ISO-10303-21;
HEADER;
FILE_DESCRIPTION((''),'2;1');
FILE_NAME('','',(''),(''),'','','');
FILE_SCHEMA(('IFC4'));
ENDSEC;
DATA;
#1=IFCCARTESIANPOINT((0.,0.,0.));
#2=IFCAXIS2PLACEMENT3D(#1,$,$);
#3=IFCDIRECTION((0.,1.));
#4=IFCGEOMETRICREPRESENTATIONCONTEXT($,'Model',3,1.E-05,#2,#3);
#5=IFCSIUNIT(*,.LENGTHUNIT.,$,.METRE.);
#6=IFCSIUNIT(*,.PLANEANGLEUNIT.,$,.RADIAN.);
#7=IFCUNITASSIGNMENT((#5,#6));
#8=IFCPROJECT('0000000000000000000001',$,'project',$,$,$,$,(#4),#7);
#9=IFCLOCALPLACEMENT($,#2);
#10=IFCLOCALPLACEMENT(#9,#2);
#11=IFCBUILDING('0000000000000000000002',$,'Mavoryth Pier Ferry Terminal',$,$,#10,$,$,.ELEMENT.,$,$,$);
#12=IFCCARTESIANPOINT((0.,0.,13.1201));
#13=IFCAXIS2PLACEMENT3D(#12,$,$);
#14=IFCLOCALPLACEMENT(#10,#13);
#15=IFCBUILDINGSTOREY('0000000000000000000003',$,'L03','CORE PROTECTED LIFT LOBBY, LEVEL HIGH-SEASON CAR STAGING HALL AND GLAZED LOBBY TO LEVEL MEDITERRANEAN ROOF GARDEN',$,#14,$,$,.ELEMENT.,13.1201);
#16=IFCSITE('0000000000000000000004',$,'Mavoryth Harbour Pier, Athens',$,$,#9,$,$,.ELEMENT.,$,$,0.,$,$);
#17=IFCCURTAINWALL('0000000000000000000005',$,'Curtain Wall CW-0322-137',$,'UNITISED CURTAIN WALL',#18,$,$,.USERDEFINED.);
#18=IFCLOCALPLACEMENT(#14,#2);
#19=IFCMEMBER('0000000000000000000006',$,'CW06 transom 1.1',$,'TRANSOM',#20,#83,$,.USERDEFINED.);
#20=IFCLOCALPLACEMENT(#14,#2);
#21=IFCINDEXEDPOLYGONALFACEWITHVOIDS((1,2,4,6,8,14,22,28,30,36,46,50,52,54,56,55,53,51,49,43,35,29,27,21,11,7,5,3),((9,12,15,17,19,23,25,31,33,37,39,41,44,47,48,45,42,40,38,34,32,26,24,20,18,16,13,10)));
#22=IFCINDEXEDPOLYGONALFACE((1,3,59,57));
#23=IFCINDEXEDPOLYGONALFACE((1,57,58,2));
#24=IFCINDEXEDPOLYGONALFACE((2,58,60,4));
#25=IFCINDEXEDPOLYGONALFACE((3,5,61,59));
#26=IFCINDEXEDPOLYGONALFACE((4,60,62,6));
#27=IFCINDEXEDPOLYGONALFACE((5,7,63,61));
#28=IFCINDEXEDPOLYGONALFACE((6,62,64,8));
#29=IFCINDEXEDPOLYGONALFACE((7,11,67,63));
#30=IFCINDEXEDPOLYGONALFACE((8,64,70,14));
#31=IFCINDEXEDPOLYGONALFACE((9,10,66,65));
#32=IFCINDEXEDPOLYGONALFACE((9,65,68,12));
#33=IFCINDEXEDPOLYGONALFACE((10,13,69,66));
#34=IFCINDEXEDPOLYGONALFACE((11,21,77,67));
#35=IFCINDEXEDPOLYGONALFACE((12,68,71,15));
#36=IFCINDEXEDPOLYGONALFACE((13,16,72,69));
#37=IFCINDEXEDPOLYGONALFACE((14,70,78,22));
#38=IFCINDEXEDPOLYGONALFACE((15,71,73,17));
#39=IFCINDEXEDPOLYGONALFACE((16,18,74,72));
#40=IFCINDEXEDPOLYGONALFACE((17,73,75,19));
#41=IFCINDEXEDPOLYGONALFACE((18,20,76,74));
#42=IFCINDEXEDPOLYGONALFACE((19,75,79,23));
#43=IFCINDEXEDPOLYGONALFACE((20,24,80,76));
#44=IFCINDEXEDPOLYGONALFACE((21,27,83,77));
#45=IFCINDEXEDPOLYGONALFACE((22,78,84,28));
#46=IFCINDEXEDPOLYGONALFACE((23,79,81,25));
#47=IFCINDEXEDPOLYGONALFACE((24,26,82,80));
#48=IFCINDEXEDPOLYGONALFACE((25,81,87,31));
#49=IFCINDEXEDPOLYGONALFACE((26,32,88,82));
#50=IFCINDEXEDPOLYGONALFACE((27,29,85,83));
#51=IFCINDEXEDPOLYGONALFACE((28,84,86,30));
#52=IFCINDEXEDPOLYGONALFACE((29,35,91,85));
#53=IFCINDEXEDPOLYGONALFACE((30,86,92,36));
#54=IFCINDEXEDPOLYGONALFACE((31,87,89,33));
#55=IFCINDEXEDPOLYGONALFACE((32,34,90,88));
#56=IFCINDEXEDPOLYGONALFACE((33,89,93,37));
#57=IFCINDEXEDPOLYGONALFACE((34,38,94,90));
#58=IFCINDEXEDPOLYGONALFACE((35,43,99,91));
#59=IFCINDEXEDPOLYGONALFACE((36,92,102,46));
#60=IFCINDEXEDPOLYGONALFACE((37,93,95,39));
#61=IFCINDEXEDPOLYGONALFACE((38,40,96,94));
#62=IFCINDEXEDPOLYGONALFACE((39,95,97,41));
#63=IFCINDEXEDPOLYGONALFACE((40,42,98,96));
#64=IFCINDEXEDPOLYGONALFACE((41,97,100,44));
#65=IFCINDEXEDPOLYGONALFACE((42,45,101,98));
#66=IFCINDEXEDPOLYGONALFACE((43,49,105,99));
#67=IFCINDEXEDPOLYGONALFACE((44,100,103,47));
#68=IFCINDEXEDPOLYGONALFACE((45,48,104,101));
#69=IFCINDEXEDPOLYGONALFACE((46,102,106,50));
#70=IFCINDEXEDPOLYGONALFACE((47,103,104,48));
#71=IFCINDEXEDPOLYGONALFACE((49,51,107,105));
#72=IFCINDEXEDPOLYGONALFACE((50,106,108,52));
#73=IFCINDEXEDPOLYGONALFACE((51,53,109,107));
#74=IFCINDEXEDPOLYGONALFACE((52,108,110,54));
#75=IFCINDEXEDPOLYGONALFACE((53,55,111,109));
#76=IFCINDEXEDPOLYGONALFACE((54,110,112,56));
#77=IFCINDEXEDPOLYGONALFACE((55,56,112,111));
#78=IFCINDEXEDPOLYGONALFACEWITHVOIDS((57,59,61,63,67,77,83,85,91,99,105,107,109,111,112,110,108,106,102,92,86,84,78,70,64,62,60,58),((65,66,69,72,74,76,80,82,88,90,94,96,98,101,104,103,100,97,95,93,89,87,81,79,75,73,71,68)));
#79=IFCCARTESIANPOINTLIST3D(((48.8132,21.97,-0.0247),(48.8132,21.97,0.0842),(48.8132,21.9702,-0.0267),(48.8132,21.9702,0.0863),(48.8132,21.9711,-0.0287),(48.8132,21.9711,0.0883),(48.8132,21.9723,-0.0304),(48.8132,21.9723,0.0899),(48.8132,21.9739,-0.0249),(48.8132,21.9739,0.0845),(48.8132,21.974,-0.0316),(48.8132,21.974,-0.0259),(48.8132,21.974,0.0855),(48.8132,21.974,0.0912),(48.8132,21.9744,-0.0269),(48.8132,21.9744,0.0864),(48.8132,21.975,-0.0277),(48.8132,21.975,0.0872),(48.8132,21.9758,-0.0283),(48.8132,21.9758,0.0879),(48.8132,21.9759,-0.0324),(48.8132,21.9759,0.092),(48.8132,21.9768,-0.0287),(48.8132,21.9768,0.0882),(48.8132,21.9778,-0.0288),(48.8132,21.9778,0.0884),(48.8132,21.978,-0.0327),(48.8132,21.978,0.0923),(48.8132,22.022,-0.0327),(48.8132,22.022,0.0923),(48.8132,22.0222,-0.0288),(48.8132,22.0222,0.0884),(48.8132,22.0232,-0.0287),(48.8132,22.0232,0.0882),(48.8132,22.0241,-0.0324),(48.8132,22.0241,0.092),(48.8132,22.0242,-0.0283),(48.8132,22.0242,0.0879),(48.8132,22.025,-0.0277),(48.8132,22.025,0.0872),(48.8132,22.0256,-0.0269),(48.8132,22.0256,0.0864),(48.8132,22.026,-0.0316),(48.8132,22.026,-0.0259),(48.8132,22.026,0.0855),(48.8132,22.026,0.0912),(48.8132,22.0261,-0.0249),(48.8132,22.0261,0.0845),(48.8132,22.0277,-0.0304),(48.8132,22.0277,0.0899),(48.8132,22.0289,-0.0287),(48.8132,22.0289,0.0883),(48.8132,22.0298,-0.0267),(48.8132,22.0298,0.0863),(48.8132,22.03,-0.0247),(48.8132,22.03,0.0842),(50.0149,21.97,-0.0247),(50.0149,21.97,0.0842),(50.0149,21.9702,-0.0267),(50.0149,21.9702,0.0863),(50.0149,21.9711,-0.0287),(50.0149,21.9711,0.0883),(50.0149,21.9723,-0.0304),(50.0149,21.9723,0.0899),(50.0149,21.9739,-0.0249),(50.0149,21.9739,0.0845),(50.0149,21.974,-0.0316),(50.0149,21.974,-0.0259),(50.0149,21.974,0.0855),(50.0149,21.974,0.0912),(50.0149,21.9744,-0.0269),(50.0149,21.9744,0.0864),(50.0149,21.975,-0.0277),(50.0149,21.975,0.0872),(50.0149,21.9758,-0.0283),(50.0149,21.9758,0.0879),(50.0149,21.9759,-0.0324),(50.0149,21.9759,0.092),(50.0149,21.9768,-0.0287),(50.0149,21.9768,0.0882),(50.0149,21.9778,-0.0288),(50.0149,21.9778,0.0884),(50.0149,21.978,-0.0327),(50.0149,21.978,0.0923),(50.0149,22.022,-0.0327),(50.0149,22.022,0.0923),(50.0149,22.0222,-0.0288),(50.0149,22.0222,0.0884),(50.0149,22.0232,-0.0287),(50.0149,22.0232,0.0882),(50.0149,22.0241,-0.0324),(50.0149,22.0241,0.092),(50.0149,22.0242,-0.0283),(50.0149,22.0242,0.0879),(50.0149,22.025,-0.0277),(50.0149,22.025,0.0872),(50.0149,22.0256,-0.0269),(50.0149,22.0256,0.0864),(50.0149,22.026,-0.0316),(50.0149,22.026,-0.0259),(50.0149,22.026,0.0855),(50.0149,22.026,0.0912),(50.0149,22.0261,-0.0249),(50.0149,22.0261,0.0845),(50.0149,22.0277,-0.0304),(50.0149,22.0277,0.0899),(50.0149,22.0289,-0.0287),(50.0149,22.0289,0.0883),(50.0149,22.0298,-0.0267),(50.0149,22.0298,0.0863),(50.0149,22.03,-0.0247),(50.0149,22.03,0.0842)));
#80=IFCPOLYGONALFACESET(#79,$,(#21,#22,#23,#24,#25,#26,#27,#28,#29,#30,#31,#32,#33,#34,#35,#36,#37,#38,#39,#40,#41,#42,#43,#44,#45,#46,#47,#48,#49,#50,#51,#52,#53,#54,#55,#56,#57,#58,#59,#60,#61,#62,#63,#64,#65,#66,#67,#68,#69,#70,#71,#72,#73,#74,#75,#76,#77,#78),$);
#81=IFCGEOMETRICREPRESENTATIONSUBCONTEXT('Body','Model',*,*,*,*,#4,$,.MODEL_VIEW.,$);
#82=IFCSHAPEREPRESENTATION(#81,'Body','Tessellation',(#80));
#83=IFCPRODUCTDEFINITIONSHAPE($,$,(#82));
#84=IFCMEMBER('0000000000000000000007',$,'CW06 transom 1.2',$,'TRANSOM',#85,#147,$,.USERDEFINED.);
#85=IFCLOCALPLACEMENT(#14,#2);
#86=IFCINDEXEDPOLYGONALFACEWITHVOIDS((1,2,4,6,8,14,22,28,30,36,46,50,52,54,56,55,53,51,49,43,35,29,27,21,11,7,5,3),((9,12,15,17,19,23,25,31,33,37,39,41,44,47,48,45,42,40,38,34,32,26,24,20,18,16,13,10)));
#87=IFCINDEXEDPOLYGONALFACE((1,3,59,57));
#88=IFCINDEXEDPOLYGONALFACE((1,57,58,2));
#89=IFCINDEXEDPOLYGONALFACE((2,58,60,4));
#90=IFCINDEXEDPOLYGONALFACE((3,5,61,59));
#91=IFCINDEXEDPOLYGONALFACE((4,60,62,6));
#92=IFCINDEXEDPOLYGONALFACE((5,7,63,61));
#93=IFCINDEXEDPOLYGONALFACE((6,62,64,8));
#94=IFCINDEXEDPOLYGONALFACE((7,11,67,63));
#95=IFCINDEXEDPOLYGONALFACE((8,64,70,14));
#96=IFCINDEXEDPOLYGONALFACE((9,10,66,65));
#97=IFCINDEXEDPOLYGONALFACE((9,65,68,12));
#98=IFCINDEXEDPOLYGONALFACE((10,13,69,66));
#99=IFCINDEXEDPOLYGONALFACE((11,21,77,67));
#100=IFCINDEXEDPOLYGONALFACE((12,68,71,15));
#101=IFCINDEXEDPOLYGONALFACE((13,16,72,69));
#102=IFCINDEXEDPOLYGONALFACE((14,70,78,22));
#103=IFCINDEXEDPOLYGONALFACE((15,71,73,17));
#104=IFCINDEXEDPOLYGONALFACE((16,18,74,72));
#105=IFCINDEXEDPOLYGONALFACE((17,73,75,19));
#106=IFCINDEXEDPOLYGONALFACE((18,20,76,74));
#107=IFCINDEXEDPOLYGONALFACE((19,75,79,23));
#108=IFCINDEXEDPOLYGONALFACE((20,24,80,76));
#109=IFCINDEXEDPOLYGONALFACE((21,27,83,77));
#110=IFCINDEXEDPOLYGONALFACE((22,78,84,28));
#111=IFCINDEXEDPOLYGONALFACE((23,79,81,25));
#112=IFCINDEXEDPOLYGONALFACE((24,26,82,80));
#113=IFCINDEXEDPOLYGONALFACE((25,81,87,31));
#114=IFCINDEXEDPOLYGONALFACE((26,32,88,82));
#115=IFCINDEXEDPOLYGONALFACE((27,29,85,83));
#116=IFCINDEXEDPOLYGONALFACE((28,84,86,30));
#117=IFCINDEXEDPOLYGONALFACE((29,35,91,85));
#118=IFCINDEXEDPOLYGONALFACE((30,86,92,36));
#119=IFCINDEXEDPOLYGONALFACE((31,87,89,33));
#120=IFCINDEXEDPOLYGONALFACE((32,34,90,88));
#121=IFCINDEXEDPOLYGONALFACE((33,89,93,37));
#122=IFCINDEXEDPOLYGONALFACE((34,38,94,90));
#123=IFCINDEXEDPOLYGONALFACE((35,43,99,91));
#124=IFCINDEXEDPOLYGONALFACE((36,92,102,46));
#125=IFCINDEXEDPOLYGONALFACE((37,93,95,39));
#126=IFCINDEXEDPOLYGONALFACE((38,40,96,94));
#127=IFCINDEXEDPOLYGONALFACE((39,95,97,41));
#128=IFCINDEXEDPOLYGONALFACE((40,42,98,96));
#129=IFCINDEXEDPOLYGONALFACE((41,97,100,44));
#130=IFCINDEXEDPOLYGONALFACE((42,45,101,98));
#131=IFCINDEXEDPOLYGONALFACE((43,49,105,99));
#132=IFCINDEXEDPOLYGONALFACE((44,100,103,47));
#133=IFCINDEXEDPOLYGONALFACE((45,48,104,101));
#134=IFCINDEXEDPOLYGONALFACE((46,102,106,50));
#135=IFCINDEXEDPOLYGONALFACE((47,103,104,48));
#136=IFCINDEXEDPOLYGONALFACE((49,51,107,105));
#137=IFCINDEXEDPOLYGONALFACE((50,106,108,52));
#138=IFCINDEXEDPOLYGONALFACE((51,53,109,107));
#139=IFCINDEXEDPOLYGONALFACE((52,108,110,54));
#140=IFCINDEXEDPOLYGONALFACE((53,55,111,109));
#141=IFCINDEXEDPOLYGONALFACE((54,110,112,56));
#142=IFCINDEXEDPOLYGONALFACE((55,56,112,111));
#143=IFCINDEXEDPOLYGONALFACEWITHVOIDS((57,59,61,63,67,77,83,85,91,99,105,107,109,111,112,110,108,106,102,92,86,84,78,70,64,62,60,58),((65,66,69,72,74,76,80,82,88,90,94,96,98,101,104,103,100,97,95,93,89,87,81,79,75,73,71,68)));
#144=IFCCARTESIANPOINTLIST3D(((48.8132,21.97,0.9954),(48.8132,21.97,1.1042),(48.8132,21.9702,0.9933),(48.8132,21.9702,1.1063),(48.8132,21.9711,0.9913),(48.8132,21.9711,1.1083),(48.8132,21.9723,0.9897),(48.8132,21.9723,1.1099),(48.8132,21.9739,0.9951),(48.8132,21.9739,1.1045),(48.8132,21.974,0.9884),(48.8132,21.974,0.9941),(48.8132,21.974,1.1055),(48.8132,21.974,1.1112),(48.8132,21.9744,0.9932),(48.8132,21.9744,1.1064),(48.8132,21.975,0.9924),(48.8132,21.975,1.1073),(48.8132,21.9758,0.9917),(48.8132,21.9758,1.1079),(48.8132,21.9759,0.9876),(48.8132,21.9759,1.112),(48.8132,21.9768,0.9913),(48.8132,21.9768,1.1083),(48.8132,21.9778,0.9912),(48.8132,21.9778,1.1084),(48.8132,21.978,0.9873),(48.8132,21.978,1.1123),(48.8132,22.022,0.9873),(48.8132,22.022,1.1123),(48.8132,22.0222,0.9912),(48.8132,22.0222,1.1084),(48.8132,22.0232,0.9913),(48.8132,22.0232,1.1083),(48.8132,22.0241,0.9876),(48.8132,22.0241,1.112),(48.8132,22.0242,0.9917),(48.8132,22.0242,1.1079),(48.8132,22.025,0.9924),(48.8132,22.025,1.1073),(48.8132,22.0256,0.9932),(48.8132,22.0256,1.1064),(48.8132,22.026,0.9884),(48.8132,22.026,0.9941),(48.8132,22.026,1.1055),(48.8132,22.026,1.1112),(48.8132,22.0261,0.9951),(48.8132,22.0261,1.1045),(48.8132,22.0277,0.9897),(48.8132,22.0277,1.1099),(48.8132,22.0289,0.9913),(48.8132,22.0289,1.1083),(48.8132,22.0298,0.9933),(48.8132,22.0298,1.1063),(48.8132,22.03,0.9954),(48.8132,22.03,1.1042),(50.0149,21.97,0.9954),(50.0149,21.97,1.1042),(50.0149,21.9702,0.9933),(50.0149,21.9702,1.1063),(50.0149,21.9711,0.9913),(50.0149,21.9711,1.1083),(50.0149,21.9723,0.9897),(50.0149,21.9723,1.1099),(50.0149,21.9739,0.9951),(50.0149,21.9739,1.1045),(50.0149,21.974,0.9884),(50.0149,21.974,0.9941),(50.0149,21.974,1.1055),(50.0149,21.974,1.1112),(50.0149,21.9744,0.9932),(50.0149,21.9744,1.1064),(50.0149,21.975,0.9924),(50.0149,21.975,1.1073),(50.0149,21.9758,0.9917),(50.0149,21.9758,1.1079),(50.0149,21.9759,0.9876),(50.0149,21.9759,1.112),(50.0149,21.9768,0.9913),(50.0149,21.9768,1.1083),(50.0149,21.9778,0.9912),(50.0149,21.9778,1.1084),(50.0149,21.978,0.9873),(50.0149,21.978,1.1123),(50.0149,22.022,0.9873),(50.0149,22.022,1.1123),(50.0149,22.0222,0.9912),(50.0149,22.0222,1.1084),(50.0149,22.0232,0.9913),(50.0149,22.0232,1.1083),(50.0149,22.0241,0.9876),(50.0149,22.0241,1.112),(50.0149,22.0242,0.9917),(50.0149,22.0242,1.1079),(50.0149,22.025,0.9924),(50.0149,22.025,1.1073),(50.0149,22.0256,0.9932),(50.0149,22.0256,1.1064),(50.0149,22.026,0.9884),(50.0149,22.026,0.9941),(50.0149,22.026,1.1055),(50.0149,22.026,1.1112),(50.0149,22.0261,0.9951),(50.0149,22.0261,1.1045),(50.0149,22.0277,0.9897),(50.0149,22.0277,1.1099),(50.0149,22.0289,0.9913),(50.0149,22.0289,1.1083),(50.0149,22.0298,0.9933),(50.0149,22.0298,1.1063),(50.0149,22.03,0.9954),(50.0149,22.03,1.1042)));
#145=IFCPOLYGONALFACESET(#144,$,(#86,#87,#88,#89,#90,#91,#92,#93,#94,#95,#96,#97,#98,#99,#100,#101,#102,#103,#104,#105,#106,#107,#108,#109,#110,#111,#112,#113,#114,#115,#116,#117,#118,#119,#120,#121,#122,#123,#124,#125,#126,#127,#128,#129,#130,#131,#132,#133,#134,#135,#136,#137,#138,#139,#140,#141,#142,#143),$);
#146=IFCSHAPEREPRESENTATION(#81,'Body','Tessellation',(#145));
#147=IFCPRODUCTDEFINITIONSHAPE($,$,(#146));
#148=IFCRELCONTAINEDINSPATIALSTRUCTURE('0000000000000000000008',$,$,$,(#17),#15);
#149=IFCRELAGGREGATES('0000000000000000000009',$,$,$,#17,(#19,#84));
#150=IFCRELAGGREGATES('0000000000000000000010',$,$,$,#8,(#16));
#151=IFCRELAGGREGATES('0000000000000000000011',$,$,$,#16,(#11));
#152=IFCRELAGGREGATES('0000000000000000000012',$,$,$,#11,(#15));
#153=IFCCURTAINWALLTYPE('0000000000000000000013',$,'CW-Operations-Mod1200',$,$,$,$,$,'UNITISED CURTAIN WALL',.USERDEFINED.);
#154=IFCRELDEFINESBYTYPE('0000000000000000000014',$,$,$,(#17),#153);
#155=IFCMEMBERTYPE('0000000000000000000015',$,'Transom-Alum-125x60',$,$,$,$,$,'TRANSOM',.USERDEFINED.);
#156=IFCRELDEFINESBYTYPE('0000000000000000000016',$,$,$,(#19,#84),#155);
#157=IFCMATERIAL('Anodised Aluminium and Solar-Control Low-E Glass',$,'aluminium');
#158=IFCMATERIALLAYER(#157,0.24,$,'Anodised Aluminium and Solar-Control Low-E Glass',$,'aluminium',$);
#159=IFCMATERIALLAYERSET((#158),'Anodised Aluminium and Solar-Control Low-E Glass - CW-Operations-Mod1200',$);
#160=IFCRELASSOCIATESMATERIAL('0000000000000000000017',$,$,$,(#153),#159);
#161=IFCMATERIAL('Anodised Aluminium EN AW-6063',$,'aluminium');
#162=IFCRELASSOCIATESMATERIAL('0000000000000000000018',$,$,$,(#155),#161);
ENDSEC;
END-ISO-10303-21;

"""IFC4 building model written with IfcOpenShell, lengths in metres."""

from ifc_helpers import new_model, si_unit, direction, frame, origin, origin_2d, place, context, subcontext, project, spatial, hollow_rectangle, extrude, material, layer, layer_set, material_profile, profile_set, type_object, element, aggregate, save


model = new_model("IFC4")

# Units and contexts
model_context = context("Model", 3, precision=1e-05, world=origin(), true_north=direction((0.0, 1.0)))
body_context = subcontext(model_context, "Body", "Model", "MODEL_VIEW")
ifc_project = project(units=[si_unit("LENGTHUNIT", "METRE"), si_unit("PLANEANGLEUNIT", "RADIAN")], contexts=[model_context])

# Site, building, storey
site_placement = place(None, origin())
site = spatial("IfcSite", under=ifc_project, at=site_placement, Name="Mavoryth Harbour Pier, Athens", CompositionType="ELEMENT", RefElevation=0.0)
building_placement = place(site_placement, origin())
building = spatial("IfcBuilding", under=site, at=building_placement, Name="Mavoryth Pier Ferry Terminal", CompositionType="ELEMENT")
storey_placement = place(building_placement, frame((0.0, 0.0, 13.1201)))
storey = spatial("IfcBuildingStorey", under=building, at=storey_placement, Name="L03", Description="CORE PROTECTED LIFT LOBBY, LEVEL HIGH-SEASON CAR STAGING HALL AND GLAZED LOBBY TO LEVEL MEDITERRANEAN ROOF GARDEN", CompositionType="ELEMENT", Elevation=13.1201)

# Curtain wall
ifc_material_1 = material(Name="Anodised Aluminium and Solar-Control Low-E Glass", Category="aluminium")
ifc_layer_1 = layer(ifc_material_1, 0.24, Name="Anodised Aluminium and Solar-Control Low-E Glass", Category="aluminium")
ifc_layer_set_1 = layer_set([ifc_layer_1], Name="Anodised Aluminium and Solar-Control Low-E Glass - CW-Operations-Mod1200")
curtain_wall_type = type_object("IfcCurtainWallType", Name="CW-Operations-Mod1200", ElementType="UNITISED CURTAIN WALL", PredefinedType="USERDEFINED", material=ifc_layer_set_1)
curtain_wall_1_placement = place(storey_placement, origin())
curtain_wall_1 = element("IfcCurtainWall", 1, at=curtain_wall_1_placement, inside=storey, type_object=curtain_wall_type, Name="Curtain Wall CW-0322-137", ObjectType="UNITISED CURTAIN WALL", PredefinedType="USERDEFINED")
ifc_material_2 = material(Name="Anodised Aluminium EN AW-6063", Category="aluminium")

# Members
ifc_material_profile_1 = material_profile(ifc_material_2, hollow_rectangle(XDim=0.0601, YDim=0.125, WallThickness=0.0039, InnerFilletRadius=0.0039, OuterFilletRadius=0.0081, at=origin_2d()), Name="AL-TRAN 125x60x4", Category="aluminium")
ifc_profile_set_1 = profile_set([ifc_material_profile_1], Name="Anodised Aluminium EN AW-6063 - AL-TRAN 125x60x4")
member_type_1 = type_object("IfcMemberType", Name="Transom-Alum-125x60", ElementType="TRANSOM", PredefinedType="USERDEFINED", material=ifc_profile_set_1)
member_1_placement = place(storey_placement, frame((50.0149, 22.0, 0.0298), z_axis=(-1.0, 0.0, 0.0), x_axis=(0.0, -1.0, 0.0)))
member_1 = element("IfcMember", 2, at=member_1_placement, type_object=member_type_1, Name="CW06 transom 1.1", ObjectType="TRANSOM", PredefinedType="USERDEFINED", context=body_context, shape_type="SweptSolid", body=[
    extrude(hollow_rectangle(XDim=0.0601, YDim=0.125, WallThickness=0.0039, InnerFilletRadius=0.0039, OuterFilletRadius=0.0081, at=origin_2d()), origin(), (0.0, 0.0, 1.0), 1.2017),
])
member_2_placement = place(storey_placement, frame((50.0149, 22.0, 1.0498), z_axis=(-1.0, 0.0, 0.0), x_axis=(0.0, -1.0, 0.0)))
member_2 = element("IfcMember", 3, at=member_2_placement, type_object=member_type_1, Name="CW06 transom 1.2", ObjectType="TRANSOM", PredefinedType="USERDEFINED", context=body_context, shape_type="SweptSolid", body=[
    extrude(hollow_rectangle(XDim=0.0601, YDim=0.125, WallThickness=0.0039, InnerFilletRadius=0.0039, OuterFilletRadius=0.0081, at=origin_2d()), origin(), (0.0, 0.0, 1.0), 1.2017),
])

aggregate(curtain_wall_1, [member_1, member_2])

save(model, "model.ifc")
